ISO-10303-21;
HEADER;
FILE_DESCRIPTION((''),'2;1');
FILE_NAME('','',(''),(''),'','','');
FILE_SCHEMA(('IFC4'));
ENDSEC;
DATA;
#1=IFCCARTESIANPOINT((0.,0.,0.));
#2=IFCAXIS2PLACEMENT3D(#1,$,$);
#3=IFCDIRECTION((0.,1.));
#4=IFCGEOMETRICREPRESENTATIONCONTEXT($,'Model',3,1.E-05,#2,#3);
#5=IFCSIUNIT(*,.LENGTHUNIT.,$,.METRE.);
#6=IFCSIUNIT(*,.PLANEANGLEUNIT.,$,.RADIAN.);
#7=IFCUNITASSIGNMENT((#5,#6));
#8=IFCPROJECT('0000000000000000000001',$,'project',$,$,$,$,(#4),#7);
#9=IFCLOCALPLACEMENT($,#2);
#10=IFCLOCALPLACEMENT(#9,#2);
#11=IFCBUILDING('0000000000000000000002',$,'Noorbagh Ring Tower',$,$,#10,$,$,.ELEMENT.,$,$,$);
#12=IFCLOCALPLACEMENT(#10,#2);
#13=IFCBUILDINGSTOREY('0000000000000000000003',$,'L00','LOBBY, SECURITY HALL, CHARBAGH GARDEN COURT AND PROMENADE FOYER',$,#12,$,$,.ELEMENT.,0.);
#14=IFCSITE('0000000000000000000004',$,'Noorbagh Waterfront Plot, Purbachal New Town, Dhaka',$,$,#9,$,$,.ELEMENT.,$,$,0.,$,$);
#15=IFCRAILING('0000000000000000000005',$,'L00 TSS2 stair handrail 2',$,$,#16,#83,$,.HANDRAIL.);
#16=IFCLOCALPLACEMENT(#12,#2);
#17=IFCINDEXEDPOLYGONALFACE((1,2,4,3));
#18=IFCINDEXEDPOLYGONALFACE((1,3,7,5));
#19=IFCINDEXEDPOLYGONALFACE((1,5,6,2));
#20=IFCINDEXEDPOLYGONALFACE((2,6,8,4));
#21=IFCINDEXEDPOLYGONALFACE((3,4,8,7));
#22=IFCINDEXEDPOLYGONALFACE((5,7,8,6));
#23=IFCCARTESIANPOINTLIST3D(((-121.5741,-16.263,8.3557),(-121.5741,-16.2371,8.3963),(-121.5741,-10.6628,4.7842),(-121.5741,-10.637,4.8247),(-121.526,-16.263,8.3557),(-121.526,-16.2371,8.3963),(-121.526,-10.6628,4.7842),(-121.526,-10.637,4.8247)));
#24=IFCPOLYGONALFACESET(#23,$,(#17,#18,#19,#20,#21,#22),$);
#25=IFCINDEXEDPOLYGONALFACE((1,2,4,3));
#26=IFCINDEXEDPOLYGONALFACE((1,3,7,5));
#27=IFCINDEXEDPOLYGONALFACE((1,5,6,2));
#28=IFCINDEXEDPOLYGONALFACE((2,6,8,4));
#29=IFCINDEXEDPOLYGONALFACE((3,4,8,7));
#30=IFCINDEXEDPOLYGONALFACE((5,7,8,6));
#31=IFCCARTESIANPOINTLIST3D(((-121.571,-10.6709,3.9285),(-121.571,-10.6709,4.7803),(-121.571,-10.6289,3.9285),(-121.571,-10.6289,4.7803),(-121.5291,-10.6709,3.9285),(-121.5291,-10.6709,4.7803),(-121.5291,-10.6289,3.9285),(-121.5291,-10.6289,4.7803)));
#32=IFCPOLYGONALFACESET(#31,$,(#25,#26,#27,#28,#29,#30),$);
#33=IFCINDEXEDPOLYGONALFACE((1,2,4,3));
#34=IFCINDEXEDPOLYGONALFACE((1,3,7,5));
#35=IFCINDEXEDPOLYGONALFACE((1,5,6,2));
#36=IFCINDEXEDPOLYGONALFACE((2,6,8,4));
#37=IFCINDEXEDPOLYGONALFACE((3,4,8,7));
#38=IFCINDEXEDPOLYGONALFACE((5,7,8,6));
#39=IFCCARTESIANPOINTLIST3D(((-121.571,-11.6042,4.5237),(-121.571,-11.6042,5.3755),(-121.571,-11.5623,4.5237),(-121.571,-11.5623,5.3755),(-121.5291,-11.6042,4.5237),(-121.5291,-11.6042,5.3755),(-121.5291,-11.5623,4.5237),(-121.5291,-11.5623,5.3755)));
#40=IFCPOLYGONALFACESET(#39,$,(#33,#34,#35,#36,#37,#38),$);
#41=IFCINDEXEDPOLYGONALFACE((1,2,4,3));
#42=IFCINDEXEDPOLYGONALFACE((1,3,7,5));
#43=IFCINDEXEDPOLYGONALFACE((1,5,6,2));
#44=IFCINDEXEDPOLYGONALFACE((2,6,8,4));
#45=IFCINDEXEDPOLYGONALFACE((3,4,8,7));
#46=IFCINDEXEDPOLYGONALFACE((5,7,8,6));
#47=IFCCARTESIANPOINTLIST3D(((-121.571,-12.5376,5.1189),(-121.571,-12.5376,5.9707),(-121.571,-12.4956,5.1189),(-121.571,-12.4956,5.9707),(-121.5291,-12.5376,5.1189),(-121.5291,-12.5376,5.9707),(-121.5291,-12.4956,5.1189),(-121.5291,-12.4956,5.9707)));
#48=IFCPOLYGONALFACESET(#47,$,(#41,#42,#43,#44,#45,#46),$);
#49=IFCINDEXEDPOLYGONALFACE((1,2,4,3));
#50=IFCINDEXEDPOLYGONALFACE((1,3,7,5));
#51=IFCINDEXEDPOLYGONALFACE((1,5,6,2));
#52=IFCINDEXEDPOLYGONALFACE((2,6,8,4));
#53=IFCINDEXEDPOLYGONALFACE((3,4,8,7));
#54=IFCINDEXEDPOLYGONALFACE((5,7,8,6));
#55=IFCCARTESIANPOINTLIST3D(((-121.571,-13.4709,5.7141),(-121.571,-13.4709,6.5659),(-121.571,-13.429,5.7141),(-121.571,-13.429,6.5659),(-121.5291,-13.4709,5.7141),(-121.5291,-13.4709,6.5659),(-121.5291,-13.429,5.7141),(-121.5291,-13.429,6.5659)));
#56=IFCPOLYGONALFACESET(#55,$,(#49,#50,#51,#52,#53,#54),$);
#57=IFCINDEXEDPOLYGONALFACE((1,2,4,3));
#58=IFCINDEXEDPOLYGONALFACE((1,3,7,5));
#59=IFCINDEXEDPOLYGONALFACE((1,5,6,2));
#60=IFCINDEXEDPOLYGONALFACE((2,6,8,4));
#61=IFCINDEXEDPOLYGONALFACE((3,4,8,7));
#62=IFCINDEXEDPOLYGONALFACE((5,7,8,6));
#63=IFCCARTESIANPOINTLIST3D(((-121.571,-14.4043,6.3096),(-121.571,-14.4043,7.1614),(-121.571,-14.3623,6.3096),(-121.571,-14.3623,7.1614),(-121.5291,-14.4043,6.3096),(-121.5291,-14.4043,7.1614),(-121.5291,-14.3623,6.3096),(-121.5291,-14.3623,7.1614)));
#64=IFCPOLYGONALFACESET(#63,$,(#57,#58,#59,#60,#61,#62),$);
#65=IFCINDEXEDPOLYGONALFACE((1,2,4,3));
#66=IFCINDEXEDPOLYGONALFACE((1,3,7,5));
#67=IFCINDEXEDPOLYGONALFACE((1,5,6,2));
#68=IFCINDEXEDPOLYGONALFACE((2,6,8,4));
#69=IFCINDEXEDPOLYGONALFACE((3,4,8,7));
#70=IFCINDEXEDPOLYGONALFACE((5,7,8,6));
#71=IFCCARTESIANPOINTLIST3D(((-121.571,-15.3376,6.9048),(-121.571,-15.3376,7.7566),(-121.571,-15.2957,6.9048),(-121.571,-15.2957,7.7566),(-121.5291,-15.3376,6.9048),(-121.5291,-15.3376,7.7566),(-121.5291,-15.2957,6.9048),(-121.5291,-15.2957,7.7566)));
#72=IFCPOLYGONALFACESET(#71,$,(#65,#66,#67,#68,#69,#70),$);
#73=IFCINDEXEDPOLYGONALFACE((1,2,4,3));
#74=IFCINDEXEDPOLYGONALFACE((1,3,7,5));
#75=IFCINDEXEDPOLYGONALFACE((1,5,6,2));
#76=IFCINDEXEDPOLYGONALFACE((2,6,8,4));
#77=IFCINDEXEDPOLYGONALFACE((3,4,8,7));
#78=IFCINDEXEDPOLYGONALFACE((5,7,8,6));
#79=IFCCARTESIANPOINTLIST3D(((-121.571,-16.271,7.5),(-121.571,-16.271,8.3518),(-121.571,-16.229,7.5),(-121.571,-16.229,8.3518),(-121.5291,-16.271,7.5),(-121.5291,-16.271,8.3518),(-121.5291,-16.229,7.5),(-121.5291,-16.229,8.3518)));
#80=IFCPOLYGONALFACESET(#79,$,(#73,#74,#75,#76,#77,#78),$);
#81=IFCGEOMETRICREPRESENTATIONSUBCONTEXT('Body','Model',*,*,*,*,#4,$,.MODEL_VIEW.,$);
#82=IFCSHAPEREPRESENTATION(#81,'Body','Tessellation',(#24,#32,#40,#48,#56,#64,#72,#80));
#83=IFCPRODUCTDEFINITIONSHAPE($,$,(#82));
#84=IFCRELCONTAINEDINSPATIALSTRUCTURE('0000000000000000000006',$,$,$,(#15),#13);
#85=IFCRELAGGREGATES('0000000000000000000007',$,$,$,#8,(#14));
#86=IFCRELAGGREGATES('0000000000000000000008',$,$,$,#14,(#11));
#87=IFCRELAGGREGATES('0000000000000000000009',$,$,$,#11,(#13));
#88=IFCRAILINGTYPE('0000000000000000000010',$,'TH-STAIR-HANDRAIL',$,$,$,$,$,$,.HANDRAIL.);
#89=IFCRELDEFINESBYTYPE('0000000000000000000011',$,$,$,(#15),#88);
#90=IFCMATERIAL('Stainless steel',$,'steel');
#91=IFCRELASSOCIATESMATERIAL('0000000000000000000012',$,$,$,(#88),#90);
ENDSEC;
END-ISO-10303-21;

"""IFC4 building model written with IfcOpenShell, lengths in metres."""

from ifc_helpers import new_model, si_unit, direction, frame, origin, origin_2d, place, context, subcontext, project, spatial, rectangle, extrude, material, type_object, element, save


model = new_model("IFC4")

# Units and contexts
model_context = context("Model", 3, precision=1e-05, world=origin(), true_north=direction((0.0, 1.0)))
body_context = subcontext(model_context, "Body", "Model", "MODEL_VIEW")
ifc_project = project(units=[si_unit("LENGTHUNIT", "METRE"), si_unit("PLANEANGLEUNIT", "RADIAN")], contexts=[model_context])

# Site, building, storey
site_placement = place(None, origin())
site = spatial("IfcSite", under=ifc_project, at=site_placement, Name="Noorbagh Waterfront Plot, Purbachal New Town, Dhaka", CompositionType="ELEMENT", RefElevation=0.0)
building_placement = place(site_placement, origin())
building = spatial("IfcBuilding", under=site, at=building_placement, Name="Noorbagh Ring Tower", CompositionType="ELEMENT")
storey_placement = place(building_placement, origin())
storey = spatial("IfcBuildingStorey", under=building, at=storey_placement, Name="L00", Description="LOBBY, SECURITY HALL, CHARBAGH GARDEN COURT AND PROMENADE FOYER", CompositionType="ELEMENT", Elevation=0.0)

# Railing
ifc_material_1 = material(Name="Stainless steel", Category="steel")
railing_type_1 = type_object("IfcRailingType", Name="TH-STAIR-HANDRAIL", PredefinedType="HANDRAIL", material=ifc_material_1)
railing_1_placement = place(storey_placement, frame((-121.55, -10.6499, 3.9285)))
element("IfcRailing", 1, at=railing_1_placement, inside=storey, type_object=railing_type_1, Name="L00 TSS2 stair handrail 2", PredefinedType="HANDRAIL", context=body_context, shape_type="SweptSolid", body=[
    extrude(rectangle(XDim=0.0481, YDim=0.0481, at=origin_2d()), frame((0.0, 0.0, 0.876), z_axis=(0.0, -0.843127, 0.537715), x_axis=(1.0, 0.0, 0.0)), (0.0, 0.0, 1.0), 6.6421),
    extrude(rectangle(XDim=0.042, YDim=0.042, at=origin_2d()), origin(), (0.0, 0.0, 1.0), 0.8518),
    extrude(rectangle(XDim=0.042, YDim=0.042, at=origin_2d()), frame((0.0, -0.9333, 0.5952)), (0.0, 0.0, 1.0), 0.8518),
    extrude(rectangle(XDim=0.042, YDim=0.042, at=origin_2d()), frame((0.0, -1.8667, 1.1904)), (0.0, 0.0, 1.0), 0.8518),
    extrude(rectangle(XDim=0.042, YDim=0.042, at=origin_2d()), frame((0.0, -2.8, 1.7856)), (0.0, 0.0, 1.0), 0.8518),
    extrude(rectangle(XDim=0.042, YDim=0.042, at=origin_2d()), frame((0.0, -3.7334, 2.3811)), (0.0, 0.0, 1.0), 0.8518),
    extrude(rectangle(XDim=0.042, YDim=0.042, at=origin_2d()), frame((0.0, -4.6667, 2.9763)), (0.0, 0.0, 1.0), 0.8518),
    extrude(rectangle(XDim=0.042, YDim=0.042, at=origin_2d()), frame((0.0, -5.6001, 3.5715)), (0.0, 0.0, 1.0), 0.8518),
])

save(model, "model.ifc")
